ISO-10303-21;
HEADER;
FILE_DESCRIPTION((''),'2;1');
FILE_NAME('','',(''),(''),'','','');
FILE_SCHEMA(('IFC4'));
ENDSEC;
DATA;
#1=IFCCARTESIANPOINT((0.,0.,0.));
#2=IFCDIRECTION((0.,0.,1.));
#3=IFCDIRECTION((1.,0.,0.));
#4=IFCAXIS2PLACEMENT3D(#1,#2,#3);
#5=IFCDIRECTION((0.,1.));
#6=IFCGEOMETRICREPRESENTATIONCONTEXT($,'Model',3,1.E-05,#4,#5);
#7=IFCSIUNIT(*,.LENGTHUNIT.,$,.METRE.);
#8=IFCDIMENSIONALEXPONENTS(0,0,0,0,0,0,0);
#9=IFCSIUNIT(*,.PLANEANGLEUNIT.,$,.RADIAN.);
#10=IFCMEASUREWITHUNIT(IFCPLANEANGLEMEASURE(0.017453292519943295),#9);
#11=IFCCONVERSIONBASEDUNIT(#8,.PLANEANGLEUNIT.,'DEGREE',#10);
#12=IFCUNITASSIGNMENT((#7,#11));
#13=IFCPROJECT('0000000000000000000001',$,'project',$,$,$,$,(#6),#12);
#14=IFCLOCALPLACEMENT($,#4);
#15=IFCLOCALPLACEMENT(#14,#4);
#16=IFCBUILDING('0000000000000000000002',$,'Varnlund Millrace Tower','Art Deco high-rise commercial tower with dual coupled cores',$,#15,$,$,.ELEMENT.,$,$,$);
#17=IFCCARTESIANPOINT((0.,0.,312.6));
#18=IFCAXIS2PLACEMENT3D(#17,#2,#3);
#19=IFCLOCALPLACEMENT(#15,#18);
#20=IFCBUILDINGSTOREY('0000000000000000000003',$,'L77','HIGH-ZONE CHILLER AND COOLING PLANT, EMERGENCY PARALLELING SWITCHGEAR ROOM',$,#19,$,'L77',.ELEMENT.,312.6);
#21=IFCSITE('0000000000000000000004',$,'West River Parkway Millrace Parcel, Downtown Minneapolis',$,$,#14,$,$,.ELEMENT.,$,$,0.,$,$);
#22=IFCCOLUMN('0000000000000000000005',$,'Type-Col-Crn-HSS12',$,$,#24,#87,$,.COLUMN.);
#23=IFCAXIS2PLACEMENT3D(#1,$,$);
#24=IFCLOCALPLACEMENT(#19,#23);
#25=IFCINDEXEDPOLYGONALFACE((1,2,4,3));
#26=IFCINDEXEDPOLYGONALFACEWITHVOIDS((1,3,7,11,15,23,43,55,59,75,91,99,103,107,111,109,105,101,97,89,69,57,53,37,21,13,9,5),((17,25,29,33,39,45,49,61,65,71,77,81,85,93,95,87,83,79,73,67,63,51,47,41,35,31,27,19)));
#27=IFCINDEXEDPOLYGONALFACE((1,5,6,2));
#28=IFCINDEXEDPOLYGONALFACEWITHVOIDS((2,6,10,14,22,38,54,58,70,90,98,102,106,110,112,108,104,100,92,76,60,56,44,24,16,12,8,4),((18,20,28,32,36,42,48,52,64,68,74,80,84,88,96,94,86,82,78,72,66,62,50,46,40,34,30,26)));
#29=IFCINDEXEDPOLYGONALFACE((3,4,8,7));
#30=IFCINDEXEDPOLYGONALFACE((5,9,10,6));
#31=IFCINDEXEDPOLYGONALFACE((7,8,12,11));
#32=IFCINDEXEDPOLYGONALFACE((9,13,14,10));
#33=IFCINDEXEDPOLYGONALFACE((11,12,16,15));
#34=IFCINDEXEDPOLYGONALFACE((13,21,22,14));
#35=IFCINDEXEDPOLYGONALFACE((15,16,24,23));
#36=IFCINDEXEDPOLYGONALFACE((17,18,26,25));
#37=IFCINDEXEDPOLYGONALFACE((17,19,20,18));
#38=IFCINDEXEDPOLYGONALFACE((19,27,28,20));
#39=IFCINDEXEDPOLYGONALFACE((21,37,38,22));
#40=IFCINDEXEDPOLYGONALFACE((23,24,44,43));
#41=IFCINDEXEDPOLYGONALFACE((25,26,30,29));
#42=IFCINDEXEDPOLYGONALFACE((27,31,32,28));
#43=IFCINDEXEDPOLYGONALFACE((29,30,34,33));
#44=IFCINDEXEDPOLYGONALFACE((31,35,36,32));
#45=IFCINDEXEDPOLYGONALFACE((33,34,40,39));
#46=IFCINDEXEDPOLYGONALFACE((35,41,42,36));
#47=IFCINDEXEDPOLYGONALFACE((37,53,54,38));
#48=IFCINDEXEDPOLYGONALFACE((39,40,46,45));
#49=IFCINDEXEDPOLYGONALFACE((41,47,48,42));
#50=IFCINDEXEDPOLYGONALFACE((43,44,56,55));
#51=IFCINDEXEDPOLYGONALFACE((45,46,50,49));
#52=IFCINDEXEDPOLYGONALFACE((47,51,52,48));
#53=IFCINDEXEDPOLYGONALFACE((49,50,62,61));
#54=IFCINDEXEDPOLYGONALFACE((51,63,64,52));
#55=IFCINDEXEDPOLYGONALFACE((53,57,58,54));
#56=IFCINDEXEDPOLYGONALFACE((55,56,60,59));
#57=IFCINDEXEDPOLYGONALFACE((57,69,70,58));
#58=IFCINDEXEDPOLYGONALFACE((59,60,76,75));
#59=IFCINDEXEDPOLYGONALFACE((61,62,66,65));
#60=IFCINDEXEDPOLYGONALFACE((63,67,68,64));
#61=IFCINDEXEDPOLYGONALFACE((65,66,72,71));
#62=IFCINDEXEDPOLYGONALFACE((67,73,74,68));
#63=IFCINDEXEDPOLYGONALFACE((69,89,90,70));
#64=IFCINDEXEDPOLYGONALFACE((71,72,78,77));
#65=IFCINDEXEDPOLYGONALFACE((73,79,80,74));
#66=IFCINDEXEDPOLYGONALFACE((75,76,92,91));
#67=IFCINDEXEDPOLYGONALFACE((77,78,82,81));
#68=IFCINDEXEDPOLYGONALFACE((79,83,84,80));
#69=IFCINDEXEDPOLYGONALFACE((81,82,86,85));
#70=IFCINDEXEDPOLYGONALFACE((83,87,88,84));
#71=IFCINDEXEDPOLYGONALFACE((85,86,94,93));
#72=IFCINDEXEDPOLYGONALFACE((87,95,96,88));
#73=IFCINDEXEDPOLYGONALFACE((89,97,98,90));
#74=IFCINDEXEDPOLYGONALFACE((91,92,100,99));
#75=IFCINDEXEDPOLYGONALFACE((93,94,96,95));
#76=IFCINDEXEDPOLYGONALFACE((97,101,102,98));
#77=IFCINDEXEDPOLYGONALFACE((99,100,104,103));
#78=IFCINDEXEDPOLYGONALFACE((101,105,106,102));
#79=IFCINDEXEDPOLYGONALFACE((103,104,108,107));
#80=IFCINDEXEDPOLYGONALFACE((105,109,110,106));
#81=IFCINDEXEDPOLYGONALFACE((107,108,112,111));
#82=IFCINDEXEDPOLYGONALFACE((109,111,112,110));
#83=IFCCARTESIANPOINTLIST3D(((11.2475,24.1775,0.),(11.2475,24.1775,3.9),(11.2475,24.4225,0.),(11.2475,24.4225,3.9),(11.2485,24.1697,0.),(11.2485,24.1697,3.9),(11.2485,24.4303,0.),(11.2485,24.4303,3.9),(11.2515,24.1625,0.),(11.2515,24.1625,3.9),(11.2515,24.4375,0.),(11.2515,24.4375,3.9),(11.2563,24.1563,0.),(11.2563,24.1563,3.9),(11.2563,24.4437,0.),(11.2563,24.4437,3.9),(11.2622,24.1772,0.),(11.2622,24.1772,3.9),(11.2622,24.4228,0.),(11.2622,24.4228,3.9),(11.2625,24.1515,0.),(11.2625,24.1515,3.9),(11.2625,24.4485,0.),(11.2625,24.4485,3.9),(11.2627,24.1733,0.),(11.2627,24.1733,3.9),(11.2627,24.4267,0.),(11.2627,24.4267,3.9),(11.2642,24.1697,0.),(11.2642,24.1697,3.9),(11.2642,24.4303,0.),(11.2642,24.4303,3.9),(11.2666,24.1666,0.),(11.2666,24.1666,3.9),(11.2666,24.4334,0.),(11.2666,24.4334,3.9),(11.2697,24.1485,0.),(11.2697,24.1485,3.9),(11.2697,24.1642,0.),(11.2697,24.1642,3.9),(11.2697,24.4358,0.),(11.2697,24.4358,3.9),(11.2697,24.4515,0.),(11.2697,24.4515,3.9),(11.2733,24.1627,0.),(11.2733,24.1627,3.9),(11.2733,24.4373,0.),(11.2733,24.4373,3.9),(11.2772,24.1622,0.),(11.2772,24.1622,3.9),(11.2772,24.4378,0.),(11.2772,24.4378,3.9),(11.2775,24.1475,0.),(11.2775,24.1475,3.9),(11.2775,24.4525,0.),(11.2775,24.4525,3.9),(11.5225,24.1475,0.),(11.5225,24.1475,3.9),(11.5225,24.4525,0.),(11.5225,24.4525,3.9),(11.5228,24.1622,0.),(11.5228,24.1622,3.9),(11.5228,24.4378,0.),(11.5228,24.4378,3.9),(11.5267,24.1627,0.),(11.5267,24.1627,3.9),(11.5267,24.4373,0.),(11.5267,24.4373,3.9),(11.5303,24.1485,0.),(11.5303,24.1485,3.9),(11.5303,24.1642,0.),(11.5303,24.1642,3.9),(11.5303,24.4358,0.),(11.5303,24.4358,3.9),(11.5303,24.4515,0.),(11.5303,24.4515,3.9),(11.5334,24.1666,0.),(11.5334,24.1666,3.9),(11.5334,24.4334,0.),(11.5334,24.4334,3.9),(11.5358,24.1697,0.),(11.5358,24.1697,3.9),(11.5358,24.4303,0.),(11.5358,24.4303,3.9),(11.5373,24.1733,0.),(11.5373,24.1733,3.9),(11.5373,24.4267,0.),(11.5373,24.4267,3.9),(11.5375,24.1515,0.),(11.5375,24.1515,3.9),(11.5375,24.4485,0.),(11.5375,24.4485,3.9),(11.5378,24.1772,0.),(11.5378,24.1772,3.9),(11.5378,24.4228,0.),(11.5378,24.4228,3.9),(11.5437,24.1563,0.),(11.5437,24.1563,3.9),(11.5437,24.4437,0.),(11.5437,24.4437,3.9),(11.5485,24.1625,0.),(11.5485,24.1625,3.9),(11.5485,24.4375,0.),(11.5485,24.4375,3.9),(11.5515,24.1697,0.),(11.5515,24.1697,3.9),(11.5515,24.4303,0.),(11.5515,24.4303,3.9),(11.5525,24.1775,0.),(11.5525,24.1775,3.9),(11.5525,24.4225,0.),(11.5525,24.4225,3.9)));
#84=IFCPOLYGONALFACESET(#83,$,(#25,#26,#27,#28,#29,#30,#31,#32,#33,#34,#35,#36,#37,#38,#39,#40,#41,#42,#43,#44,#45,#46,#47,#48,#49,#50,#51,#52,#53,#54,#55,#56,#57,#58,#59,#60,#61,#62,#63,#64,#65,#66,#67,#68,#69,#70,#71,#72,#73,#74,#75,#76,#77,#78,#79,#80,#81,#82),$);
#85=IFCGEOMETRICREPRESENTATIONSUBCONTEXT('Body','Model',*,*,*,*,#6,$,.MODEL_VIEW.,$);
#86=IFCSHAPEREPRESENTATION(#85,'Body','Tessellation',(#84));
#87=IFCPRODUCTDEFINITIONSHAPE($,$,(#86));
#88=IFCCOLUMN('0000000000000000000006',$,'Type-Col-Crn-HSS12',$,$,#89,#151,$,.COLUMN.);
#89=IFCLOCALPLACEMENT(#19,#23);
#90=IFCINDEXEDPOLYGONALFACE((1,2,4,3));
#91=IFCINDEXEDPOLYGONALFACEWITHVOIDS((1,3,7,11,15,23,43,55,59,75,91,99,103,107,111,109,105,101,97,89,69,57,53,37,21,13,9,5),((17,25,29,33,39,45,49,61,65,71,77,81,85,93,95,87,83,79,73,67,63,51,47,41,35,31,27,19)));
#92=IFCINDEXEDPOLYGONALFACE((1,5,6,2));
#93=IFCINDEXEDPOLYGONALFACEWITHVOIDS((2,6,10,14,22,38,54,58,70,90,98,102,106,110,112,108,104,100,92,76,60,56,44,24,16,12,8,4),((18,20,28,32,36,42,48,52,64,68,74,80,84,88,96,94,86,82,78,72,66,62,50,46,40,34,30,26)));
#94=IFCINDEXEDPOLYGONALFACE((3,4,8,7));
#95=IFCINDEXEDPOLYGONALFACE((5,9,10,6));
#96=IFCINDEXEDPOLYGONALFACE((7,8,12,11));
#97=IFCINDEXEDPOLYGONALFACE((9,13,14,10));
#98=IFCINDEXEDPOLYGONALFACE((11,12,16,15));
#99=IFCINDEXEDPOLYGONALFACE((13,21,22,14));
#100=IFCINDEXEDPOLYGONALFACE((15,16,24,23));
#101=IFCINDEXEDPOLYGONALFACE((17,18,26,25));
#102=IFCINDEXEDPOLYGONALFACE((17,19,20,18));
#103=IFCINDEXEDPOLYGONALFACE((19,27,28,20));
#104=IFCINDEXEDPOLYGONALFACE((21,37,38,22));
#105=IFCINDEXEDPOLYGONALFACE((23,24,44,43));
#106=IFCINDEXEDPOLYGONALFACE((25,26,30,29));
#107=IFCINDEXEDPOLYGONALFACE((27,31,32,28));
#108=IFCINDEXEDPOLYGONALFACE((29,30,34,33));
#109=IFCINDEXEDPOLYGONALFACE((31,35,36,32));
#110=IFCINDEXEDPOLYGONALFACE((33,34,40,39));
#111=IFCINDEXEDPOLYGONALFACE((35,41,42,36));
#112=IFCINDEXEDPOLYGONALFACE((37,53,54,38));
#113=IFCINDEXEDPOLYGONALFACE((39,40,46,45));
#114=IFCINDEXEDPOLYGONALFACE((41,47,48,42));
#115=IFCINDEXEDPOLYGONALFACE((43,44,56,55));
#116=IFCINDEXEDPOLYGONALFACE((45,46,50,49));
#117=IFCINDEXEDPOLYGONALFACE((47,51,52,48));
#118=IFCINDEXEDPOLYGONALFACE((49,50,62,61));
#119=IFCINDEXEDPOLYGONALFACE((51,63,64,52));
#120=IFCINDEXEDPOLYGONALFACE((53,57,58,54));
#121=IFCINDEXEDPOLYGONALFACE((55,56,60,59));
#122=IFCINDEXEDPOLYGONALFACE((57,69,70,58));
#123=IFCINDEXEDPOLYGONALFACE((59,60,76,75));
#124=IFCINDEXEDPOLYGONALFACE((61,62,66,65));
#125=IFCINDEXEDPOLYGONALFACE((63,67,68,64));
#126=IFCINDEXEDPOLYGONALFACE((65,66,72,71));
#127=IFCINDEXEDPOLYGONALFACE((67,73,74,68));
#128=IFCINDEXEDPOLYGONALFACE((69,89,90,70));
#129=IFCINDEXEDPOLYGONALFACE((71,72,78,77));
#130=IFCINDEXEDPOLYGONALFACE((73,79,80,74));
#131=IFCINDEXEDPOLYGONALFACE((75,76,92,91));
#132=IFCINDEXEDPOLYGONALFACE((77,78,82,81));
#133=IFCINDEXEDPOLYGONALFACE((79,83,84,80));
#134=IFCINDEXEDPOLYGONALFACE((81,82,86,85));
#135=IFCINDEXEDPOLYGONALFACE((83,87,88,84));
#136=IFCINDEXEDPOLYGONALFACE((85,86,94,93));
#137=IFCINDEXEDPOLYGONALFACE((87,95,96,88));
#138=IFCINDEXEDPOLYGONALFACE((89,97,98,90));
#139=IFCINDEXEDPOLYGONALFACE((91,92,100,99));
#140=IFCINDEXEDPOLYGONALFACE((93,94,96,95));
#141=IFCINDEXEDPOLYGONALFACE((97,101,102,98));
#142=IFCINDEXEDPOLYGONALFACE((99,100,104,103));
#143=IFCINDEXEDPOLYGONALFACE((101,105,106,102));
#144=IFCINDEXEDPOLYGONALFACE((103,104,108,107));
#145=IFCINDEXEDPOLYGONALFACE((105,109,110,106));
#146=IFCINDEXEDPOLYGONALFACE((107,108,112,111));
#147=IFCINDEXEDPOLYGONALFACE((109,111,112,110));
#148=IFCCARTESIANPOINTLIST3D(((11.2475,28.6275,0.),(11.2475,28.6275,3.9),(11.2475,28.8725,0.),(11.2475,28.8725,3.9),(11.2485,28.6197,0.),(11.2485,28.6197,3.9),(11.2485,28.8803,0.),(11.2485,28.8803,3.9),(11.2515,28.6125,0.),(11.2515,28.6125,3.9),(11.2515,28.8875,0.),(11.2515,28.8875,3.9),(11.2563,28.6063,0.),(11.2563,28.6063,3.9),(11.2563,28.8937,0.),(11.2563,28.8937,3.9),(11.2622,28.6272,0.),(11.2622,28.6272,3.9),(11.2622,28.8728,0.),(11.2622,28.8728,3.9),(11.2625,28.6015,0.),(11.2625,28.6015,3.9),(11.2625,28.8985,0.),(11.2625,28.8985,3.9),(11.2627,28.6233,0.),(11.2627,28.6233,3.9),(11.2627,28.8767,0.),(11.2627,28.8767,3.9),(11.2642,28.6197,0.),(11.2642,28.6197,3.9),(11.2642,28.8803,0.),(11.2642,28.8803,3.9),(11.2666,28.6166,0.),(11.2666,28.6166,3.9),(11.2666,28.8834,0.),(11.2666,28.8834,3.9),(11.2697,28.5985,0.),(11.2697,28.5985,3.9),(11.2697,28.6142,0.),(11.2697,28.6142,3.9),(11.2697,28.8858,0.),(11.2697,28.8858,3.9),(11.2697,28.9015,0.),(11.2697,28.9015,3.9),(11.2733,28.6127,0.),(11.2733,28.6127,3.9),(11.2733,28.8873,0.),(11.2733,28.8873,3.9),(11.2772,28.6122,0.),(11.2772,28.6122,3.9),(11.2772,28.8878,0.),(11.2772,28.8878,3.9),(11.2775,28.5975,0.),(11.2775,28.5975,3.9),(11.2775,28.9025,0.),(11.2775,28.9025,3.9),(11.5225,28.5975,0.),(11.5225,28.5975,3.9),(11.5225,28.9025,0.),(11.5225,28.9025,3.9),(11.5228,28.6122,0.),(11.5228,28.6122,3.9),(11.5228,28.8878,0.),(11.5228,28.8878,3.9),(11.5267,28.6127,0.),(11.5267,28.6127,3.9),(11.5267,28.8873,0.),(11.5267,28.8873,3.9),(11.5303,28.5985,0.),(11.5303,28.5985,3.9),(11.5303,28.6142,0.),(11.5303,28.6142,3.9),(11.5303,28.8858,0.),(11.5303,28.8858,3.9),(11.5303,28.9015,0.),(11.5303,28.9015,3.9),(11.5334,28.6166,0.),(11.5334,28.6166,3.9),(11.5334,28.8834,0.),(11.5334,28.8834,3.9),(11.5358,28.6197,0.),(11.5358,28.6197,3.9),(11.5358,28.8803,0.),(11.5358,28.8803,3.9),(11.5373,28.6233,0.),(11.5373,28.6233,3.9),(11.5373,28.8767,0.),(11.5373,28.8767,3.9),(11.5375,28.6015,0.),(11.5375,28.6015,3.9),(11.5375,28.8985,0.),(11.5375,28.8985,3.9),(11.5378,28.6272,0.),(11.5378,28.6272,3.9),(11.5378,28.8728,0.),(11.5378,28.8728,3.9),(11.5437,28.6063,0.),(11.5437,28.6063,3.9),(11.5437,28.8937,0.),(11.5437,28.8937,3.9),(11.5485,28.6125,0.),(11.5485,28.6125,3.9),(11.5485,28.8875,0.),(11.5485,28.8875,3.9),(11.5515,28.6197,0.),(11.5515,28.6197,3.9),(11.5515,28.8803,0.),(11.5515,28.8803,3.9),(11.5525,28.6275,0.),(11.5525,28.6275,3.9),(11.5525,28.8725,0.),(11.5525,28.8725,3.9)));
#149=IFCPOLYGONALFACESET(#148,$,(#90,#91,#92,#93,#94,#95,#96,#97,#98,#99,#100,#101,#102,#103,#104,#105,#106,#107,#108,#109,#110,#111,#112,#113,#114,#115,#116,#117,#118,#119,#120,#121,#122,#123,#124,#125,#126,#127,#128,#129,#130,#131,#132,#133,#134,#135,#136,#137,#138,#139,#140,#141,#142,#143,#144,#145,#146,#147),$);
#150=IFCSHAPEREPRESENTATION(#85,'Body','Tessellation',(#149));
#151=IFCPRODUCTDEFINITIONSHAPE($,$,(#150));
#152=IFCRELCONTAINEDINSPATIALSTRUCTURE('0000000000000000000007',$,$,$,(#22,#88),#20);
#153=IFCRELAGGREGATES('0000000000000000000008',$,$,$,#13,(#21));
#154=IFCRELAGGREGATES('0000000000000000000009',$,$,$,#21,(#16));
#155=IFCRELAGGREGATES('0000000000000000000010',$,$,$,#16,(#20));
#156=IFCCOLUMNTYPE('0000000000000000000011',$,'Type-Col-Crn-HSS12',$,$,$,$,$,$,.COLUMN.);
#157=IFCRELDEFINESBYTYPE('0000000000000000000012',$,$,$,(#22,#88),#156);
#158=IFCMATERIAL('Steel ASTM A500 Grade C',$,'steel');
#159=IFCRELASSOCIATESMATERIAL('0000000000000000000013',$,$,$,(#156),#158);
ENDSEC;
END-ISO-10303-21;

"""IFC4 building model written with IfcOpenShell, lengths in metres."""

from ifc_helpers import new_model, entity, si_unit, converted_unit, direction, frame, origin_with_axes, origin_2d_with_axis, place, context, subcontext, project, spatial, hollow_rectangle, extrude, material, material_profile, profile_set, type_object, element, save


model = new_model("IFC4")

# Units and contexts
model_context = context("Model", 3, precision=1e-05, world=origin_with_axes(), true_north=direction((0.0, 1.0)))
body_context = subcontext(model_context, "Body", "Model", "MODEL_VIEW")
ifc_project = project(units=[si_unit("LENGTHUNIT", "METRE"), converted_unit("PLANEANGLEUNIT", "DEGREE", entity("IfcPlaneAngleMeasure", 0.017453292519943295), si_unit("PLANEANGLEUNIT", "RADIAN"), dimensions=[0, 0, 0, 0, 0, 0, 0])], contexts=[model_context])

# Site, building, storey
site_placement = place(None, origin_with_axes())
site = spatial("IfcSite", under=ifc_project, at=site_placement, Name="West River Parkway Millrace Parcel, Downtown Minneapolis", CompositionType="ELEMENT", RefElevation=0.0)
building_placement = place(site_placement, origin_with_axes())
building = spatial("IfcBuilding", under=site, at=building_placement, Name="Varnlund Millrace Tower", Description="Art Deco high-rise commercial tower with dual coupled cores", CompositionType="ELEMENT")
storey_placement = place(building_placement, frame((0.0, 0.0, 312.6), z_axis=(0.0, 0.0, 1.0), x_axis=(1.0, 0.0, 0.0)))
storey = spatial("IfcBuildingStorey", under=building, at=storey_placement, Name="L77", Description="HIGH-ZONE CHILLER AND COOLING PLANT, EMERGENCY PARALLELING SWITCHGEAR ROOM", LongName="L77", CompositionType="ELEMENT", Elevation=312.6)

# Columns
ifc_material_1 = material(Name="Steel ASTM A500 Grade C", Category="steel")
ifc_material_profile = material_profile(ifc_material_1, hollow_rectangle(XDim=0.305, YDim=0.305, WallThickness=0.0147, InnerFilletRadius=0.015, OuterFilletRadius=0.03, at=origin_2d_with_axis()), Name="Steel ASTM A500 Grade C")
ifc_profile_set = profile_set([ifc_material_profile], Name="Steel ASTM A500 Grade C")
column_type = type_object("IfcColumnType", Name="Type-Col-Crn-HSS12", PredefinedType="COLUMN", material=ifc_profile_set)
for number, where, z_axis, x_axis, name in (
    (1, (11.4, 24.3, 0.0), (0.0, 0.0, 1.0), (1.0, 0.0, 0.0), "Type-Col-Crn-HSS12"),
    (2, (11.4, 28.75, 0.0), (0.0, 0.0, 1.0), (1.0, 0.0, 0.0), "Type-Col-Crn-HSS12"),
):
    element("IfcColumn", number, at=place(storey_placement, frame(where, z_axis=z_axis, x_axis=x_axis)), inside=storey, type_object=column_type, Name=name, PredefinedType="COLUMN", context=body_context, shape_type="SweptSolid", body=[
        extrude(hollow_rectangle(XDim=0.305, YDim=0.305, WallThickness=0.0147, InnerFilletRadius=0.015, OuterFilletRadius=0.03, at=origin_2d_with_axis()), origin_with_axes(), (0.0, 0.0, 1.0), 3.9),
    ])

save(model, "model.ifc")
